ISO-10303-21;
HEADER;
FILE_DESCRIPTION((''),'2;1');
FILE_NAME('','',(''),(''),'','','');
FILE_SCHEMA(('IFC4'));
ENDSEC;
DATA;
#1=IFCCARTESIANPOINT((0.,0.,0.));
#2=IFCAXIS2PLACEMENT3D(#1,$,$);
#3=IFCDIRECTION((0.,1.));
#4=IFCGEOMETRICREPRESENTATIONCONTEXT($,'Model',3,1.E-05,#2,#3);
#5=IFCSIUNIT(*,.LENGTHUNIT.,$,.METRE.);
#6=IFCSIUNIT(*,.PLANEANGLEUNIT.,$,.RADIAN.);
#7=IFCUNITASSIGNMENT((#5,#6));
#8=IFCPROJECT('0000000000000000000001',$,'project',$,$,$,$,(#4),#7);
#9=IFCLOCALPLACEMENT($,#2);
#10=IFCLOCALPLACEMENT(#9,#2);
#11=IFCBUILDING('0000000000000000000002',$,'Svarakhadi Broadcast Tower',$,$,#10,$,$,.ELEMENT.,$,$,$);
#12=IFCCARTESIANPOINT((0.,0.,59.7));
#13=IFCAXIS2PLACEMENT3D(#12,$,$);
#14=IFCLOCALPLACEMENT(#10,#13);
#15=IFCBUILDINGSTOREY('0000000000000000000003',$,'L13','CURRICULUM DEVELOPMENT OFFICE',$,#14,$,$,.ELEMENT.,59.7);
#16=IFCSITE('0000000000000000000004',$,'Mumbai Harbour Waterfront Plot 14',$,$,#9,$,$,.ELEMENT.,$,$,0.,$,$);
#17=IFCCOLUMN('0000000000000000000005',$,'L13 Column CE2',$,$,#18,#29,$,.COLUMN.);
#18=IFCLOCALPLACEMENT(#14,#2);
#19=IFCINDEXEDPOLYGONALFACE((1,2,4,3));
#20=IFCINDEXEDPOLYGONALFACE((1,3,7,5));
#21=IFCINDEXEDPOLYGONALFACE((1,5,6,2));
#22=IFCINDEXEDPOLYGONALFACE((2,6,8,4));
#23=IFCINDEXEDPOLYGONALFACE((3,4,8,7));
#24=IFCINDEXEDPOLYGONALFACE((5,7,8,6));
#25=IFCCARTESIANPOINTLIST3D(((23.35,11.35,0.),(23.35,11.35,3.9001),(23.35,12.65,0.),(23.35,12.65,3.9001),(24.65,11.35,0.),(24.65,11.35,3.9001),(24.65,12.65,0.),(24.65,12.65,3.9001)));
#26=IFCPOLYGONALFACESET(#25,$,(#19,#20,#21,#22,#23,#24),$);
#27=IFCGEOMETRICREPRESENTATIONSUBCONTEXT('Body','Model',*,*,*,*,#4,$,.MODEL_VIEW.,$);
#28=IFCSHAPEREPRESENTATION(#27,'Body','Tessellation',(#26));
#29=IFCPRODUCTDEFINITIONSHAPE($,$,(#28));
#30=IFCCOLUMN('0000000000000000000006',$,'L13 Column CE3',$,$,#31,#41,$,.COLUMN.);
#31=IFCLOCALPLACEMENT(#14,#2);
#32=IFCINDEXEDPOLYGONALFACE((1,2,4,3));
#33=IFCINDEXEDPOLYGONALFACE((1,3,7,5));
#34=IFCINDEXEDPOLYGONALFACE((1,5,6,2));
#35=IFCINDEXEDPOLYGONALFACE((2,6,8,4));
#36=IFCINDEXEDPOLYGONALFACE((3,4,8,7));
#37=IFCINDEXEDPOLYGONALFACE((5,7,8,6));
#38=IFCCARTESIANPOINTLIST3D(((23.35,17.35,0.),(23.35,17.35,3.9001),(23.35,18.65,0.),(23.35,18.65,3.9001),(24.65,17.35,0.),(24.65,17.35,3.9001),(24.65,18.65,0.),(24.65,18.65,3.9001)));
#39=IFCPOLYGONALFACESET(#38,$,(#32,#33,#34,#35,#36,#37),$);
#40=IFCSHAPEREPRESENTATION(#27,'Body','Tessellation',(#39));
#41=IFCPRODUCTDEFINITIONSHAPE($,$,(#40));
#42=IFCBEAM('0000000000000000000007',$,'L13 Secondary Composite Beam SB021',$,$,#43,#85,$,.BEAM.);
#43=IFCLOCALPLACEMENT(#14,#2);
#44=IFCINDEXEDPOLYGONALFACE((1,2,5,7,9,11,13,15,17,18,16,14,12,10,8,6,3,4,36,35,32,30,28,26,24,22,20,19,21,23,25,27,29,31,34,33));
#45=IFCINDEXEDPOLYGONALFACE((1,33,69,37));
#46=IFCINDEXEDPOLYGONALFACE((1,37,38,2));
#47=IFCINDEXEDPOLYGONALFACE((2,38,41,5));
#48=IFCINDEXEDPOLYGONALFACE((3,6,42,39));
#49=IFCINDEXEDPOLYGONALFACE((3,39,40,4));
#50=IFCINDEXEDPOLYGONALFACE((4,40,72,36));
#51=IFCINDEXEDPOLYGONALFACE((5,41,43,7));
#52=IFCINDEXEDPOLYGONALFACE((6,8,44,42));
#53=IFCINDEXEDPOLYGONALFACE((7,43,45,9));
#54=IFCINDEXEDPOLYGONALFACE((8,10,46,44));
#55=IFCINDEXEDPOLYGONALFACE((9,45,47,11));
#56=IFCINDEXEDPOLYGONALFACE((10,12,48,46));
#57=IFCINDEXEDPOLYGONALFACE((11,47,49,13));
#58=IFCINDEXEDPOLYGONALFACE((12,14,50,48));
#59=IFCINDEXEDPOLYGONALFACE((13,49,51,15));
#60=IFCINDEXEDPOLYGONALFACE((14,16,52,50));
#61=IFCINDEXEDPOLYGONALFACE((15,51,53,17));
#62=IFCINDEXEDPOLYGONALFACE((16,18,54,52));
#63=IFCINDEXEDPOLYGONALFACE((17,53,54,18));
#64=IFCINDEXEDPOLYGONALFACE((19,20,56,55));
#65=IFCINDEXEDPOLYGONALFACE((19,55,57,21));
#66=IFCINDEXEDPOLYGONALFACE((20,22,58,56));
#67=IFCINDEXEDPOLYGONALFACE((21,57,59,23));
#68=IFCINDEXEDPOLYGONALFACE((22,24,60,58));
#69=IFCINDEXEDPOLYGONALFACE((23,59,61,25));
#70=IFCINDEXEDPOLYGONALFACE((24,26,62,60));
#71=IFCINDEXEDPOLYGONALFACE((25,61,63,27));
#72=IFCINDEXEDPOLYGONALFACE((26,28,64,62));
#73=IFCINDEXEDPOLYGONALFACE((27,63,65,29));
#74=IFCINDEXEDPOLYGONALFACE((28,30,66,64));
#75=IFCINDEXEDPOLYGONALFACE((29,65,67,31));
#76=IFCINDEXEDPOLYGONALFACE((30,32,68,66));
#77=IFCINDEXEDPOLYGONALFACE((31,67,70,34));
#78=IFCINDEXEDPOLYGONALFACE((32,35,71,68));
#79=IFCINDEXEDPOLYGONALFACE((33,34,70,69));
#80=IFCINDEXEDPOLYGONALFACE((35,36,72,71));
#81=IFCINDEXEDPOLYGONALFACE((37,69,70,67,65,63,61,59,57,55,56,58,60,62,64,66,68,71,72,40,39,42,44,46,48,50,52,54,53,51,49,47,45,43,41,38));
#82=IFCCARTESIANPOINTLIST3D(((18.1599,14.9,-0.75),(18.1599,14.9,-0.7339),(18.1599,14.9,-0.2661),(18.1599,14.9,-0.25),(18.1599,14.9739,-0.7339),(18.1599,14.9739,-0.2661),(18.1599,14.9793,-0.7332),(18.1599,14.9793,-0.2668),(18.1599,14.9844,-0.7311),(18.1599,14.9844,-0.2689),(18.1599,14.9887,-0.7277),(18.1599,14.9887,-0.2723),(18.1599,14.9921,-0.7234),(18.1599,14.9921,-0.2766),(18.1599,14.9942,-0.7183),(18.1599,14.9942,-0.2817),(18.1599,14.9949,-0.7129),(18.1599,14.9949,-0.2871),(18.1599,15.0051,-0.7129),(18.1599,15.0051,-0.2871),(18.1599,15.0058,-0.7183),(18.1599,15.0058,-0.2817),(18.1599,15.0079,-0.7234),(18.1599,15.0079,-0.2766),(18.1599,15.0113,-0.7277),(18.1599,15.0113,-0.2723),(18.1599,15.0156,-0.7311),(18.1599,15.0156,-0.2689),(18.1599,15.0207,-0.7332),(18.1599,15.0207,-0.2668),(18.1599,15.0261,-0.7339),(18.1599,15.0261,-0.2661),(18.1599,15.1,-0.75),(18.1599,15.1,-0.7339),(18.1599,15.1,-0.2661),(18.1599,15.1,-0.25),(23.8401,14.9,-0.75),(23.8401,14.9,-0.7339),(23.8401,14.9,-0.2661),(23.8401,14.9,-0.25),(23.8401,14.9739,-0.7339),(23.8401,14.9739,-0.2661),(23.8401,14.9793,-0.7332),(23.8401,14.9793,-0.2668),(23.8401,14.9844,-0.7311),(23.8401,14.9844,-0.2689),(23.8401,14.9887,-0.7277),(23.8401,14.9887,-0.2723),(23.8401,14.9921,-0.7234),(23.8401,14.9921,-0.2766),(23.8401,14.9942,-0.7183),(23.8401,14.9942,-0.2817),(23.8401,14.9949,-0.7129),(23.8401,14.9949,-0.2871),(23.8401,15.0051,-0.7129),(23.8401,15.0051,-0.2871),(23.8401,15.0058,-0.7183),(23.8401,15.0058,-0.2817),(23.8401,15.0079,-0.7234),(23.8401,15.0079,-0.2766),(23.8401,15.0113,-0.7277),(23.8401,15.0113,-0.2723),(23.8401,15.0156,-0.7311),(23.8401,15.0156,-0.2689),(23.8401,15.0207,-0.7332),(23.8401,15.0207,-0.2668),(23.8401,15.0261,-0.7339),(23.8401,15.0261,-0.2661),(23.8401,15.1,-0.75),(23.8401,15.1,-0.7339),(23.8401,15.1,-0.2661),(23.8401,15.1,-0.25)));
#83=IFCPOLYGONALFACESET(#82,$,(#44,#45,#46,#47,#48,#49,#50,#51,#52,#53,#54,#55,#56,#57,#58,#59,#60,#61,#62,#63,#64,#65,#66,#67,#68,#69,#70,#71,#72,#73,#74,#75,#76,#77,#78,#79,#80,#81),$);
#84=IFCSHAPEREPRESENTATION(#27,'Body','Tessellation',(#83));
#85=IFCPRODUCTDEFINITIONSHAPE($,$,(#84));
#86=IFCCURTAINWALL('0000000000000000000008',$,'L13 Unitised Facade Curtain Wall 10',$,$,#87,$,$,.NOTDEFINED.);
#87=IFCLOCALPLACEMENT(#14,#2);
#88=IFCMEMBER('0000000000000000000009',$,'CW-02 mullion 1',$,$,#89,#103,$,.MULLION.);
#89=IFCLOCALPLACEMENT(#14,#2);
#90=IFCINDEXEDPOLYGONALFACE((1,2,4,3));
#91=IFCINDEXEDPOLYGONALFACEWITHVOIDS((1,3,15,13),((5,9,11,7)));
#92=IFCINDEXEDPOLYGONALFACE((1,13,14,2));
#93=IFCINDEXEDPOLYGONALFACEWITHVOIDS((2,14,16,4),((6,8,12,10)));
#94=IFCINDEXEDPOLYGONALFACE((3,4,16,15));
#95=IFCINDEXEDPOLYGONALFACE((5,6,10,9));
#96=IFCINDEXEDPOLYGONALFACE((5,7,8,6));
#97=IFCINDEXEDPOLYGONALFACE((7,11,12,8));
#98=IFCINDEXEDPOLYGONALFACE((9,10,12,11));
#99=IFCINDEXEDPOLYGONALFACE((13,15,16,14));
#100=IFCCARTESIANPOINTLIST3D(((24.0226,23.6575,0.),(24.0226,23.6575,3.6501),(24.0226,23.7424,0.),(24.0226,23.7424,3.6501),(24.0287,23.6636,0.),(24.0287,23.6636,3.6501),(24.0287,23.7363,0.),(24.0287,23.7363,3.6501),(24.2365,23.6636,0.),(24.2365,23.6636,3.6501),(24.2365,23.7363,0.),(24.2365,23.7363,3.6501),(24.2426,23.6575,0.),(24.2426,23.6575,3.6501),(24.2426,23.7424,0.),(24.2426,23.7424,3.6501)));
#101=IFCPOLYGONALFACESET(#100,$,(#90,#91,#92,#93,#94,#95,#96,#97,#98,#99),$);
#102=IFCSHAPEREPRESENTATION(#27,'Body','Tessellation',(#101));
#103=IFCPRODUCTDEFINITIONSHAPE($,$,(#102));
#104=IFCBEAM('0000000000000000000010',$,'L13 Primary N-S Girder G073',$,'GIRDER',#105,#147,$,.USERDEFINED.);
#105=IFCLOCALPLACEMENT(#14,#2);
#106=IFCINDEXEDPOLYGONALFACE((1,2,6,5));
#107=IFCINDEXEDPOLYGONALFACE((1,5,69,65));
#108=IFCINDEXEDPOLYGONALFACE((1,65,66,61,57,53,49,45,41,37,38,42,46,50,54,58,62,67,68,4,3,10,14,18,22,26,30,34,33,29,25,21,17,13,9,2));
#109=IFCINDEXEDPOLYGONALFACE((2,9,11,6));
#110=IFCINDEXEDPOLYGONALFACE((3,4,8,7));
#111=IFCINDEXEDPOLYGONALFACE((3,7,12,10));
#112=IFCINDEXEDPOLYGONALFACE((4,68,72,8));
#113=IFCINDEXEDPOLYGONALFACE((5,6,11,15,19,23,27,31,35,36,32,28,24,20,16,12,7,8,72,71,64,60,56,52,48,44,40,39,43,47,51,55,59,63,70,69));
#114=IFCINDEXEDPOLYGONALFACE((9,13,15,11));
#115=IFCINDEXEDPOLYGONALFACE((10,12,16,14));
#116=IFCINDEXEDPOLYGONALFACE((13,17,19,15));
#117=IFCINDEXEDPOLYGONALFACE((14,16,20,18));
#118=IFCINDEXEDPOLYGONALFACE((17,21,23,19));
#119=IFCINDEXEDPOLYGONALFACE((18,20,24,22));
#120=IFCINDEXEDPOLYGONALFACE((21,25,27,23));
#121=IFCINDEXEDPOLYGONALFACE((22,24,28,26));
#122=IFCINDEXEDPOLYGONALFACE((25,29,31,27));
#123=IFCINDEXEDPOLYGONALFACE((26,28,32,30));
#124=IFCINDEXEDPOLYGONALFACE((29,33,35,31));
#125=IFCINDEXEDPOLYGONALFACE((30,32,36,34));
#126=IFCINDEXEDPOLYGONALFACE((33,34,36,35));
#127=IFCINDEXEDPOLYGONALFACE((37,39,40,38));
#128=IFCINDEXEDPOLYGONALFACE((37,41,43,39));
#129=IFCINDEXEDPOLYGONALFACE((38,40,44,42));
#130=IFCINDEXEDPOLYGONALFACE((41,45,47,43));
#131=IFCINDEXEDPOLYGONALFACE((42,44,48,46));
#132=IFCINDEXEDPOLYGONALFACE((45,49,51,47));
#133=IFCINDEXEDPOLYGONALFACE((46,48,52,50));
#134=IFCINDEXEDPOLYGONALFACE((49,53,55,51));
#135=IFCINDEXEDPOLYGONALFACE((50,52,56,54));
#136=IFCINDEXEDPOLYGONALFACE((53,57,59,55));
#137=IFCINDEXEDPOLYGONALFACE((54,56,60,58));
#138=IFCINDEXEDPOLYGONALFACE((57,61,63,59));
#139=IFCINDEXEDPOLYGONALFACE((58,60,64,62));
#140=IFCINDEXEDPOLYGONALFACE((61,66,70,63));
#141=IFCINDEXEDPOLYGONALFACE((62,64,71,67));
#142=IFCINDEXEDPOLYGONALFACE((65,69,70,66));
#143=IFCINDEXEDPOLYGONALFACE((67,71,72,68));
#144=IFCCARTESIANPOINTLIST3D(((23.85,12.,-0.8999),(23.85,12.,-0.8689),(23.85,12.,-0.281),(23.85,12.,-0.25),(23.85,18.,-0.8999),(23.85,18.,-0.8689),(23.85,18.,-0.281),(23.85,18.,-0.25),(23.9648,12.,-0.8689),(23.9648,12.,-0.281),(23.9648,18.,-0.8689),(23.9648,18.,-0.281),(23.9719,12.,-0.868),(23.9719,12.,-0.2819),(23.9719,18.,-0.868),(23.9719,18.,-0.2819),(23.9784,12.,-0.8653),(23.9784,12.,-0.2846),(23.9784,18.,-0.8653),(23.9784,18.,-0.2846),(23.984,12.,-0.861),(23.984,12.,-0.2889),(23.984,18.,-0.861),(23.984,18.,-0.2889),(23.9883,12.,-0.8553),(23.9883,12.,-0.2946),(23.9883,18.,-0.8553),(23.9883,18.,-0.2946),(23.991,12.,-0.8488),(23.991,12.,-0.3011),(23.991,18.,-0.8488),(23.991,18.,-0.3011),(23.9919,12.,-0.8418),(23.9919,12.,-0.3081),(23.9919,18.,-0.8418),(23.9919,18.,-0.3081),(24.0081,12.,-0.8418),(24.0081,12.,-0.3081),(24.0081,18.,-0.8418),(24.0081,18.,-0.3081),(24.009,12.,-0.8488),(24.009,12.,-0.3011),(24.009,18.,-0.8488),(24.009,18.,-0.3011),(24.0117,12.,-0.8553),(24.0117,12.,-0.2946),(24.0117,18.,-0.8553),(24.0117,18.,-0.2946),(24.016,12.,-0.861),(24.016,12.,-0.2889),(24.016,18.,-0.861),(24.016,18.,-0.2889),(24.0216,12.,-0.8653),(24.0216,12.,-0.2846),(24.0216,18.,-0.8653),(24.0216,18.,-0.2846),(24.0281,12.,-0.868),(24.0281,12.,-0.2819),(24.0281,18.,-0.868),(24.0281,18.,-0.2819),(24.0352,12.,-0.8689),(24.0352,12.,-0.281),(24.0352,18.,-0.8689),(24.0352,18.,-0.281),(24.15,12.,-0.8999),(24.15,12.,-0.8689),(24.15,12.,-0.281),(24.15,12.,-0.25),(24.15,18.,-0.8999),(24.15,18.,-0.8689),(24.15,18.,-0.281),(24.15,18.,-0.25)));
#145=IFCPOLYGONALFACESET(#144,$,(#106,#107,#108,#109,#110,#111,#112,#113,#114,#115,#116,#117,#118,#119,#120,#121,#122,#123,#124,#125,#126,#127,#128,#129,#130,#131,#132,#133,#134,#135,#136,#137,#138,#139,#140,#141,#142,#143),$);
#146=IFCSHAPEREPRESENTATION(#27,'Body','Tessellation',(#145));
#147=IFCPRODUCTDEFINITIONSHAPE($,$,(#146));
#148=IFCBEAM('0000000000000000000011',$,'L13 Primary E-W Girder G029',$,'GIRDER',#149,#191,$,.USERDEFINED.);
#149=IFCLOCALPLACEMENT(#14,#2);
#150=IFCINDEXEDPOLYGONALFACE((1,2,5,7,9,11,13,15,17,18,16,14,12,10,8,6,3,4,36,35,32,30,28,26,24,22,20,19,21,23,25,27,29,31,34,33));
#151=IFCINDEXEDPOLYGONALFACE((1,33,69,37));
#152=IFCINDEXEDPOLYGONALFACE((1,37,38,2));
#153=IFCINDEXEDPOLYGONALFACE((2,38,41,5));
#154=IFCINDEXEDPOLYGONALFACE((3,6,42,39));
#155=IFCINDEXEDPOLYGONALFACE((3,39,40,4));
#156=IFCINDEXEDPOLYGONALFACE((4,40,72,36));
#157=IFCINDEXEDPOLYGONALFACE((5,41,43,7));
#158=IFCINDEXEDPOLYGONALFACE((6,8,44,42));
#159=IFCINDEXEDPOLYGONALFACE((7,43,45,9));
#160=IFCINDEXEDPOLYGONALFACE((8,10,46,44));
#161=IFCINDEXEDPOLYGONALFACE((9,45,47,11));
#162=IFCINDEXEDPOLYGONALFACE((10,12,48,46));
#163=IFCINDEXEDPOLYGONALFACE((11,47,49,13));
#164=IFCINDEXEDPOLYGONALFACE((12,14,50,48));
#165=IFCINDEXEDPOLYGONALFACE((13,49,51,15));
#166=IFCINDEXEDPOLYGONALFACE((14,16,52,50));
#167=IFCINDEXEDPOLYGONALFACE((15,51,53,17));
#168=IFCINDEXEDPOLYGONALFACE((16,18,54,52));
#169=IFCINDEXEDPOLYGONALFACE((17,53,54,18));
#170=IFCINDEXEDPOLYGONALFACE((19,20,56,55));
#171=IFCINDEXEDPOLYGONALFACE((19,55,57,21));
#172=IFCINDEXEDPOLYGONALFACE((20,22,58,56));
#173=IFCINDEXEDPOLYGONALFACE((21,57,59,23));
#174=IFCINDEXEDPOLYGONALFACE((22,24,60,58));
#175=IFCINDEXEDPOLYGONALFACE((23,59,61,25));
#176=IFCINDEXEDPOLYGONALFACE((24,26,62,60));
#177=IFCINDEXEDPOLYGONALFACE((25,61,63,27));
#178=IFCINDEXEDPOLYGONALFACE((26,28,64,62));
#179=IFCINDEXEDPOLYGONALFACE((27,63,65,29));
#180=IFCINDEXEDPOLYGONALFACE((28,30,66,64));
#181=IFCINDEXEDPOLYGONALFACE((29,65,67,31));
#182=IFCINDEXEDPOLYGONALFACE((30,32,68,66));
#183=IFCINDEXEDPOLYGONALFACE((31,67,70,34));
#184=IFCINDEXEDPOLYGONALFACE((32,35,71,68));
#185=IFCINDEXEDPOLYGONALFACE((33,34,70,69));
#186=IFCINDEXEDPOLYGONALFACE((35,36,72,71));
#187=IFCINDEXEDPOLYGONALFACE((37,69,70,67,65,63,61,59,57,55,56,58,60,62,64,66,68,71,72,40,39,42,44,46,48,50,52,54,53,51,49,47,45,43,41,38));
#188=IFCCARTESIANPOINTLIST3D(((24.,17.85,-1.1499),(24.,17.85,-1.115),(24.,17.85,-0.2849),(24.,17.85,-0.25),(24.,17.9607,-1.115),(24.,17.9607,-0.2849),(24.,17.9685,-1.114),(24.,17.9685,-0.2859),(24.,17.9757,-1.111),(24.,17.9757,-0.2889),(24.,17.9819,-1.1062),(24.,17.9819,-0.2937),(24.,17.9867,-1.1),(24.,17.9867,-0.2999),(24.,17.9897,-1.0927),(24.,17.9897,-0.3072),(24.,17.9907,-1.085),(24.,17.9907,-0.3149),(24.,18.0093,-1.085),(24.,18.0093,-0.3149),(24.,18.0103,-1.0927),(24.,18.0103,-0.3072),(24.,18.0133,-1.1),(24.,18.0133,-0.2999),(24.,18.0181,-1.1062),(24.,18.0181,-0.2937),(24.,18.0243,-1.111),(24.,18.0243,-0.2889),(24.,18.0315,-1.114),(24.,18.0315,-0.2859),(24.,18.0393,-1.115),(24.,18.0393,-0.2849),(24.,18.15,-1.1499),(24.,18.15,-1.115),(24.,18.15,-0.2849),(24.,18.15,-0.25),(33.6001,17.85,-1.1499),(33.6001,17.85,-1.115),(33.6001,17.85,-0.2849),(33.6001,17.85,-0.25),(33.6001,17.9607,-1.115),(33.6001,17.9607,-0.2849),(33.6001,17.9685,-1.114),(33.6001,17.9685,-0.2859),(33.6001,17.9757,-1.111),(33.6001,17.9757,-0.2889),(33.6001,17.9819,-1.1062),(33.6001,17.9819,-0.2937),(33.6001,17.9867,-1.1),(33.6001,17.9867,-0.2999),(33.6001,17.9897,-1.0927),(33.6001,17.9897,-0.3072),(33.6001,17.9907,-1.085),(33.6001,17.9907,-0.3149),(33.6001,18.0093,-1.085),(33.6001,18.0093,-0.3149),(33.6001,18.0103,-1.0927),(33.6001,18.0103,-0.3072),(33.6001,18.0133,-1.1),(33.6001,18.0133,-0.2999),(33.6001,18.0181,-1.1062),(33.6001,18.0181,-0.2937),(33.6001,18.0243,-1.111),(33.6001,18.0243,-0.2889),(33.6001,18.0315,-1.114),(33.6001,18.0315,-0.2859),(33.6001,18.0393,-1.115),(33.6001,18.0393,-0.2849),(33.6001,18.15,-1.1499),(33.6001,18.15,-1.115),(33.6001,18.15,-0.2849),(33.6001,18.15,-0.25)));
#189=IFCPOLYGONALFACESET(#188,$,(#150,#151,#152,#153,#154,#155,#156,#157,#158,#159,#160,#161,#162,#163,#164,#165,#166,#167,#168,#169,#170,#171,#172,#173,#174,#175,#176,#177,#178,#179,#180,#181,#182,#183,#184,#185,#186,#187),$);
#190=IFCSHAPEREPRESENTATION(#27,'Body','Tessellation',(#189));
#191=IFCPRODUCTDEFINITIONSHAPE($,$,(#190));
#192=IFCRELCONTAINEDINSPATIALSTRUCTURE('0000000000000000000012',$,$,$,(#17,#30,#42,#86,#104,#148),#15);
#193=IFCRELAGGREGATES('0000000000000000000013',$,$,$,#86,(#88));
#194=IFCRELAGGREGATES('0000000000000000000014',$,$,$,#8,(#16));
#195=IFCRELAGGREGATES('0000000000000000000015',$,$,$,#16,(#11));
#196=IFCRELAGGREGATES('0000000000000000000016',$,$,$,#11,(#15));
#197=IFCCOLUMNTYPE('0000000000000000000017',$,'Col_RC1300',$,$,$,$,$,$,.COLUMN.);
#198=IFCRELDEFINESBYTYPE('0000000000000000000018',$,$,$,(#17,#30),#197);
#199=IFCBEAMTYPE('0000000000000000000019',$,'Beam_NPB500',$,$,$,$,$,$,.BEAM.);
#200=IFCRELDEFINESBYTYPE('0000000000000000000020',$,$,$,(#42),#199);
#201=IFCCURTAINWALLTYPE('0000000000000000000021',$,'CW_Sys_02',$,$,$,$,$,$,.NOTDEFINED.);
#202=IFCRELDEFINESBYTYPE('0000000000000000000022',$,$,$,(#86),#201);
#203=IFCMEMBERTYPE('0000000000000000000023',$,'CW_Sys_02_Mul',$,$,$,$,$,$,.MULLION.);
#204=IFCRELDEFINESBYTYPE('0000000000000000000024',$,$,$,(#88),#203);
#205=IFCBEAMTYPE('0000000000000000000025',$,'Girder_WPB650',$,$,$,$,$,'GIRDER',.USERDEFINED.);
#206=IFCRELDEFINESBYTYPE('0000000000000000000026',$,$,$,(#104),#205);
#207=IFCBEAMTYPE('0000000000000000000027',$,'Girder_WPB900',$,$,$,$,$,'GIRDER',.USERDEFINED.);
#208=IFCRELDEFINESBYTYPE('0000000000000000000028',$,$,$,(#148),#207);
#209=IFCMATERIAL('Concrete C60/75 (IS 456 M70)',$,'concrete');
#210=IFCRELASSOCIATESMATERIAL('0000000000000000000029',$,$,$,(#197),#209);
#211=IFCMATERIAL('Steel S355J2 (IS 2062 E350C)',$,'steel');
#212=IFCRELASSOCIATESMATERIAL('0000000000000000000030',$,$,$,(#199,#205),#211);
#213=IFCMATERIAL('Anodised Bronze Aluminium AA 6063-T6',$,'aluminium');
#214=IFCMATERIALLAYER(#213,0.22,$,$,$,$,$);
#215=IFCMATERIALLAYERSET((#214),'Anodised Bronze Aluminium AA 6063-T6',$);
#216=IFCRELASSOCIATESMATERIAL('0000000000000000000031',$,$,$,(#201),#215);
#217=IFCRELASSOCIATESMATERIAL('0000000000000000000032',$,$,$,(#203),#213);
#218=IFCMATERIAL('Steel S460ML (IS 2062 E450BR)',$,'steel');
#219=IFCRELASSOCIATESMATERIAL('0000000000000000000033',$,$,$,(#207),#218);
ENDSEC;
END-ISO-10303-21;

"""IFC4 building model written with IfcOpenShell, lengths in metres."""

from ifc_helpers import new_model, si_unit, direction, frame, origin, origin_2d, place, context, subcontext, project, spatial, rectangle, hollow_rectangle, i_section, extrude, material, layer, layer_set, material_profile, profile_set, type_object, element, aggregate, save


model = new_model("IFC4")

# Units and contexts
model_context = context("Model", 3, precision=1e-05, world=origin(), true_north=direction((0.0, 1.0)))
body_context = subcontext(model_context, "Body", "Model", "MODEL_VIEW")
ifc_project = project(units=[si_unit("LENGTHUNIT", "METRE"), si_unit("PLANEANGLEUNIT", "RADIAN")], contexts=[model_context])

# Site, building, storey
site_placement = place(None, origin())
site = spatial("IfcSite", under=ifc_project, at=site_placement, Name="Mumbai Harbour Waterfront Plot 14", CompositionType="ELEMENT", RefElevation=0.0)
building_placement = place(site_placement, origin())
building = spatial("IfcBuilding", under=site, at=building_placement, Name="Svarakhadi Broadcast Tower", CompositionType="ELEMENT")
storey_placement = place(building_placement, frame((0.0, 0.0, 59.7)))
storey = spatial("IfcBuildingStorey", under=building, at=storey_placement, Name="L13", Description="CURRICULUM DEVELOPMENT OFFICE", CompositionType="ELEMENT", Elevation=59.7)

# Columns
ifc_material_1 = material(Name="Concrete C60/75 (IS 456 M70)", Category="concrete")
ifc_material_profile_1 = material_profile(ifc_material_1, rectangle(XDim=1.3, YDim=1.3, at=origin_2d()), Name="RC 1300x1300")
ifc_profile_set_1 = profile_set([ifc_material_profile_1], Name="Concrete C60/75 (IS 456 M70)")
column_type = type_object("IfcColumnType", Name="Col_RC1300", PredefinedType="COLUMN", material=ifc_profile_set_1)
for number, where, z_axis, x_axis, name in (
    (1, (24.0, 12.0, 0.0), (0.0, 0.0, 1.0), (1.0, 0.0, 0.0), "L13 Column CE2"),
    (2, (24.0, 18.0, 0.0), (0.0, 0.0, 1.0), (1.0, 0.0, 0.0), "L13 Column CE3"),
):
    element("IfcColumn", number, at=place(storey_placement, frame(where, z_axis=z_axis, x_axis=x_axis)), inside=storey, type_object=column_type, Name=name, PredefinedType="COLUMN", context=body_context, shape_type="SweptSolid", body=[
        extrude(rectangle(XDim=1.3, YDim=1.3, at=origin_2d()), origin(), (0.0, 0.0, 1.0), 3.9001),
    ])

# Beam
ifc_material_2 = material(Name="Steel S355J2 (IS 2062 E350C)", Category="steel")
ifc_material_profile_2 = material_profile(ifc_material_2, i_section(OverallWidth=0.2, OverallDepth=0.5, WebThickness=0.0103, FlangeThickness=0.0161, FilletRadius=0.021, at=origin_2d()), Name="NPB 500x200x91")
ifc_profile_set_2 = profile_set([ifc_material_profile_2], Name="Steel S355J2 (IS 2062 E350C)")
beam_type_1 = type_object("IfcBeamType", Name="Beam_NPB500", PredefinedType="BEAM", material=ifc_profile_set_2)
beam_1_placement = place(storey_placement, frame((18.1599, 15.0, -0.5), z_axis=(1.0, 0.0, 0.0), x_axis=(0.0, 1.0, 0.0)))
element("IfcBeam", 3, at=beam_1_placement, inside=storey, type_object=beam_type_1, Name="L13 Secondary Composite Beam SB021", PredefinedType="BEAM", context=body_context, shape_type="SweptSolid", body=[
    extrude(i_section(OverallWidth=0.2, OverallDepth=0.5, WebThickness=0.0103, FlangeThickness=0.0161, FilletRadius=0.021, at=origin_2d()), origin(), (0.0, 0.0, 1.0), 5.6802),
])

# Curtain wall, member
ifc_material_3 = material(Name="Anodised Bronze Aluminium AA 6063-T6", Category="aluminium")
ifc_layer_1 = layer(ifc_material_3, 0.22)
ifc_layer_set_1 = layer_set([ifc_layer_1], Name="Anodised Bronze Aluminium AA 6063-T6")
curtain_wall_type = type_object("IfcCurtainWallType", Name="CW_Sys_02", PredefinedType="NOTDEFINED", material=ifc_layer_set_1)
curtain_wall_placement = place(storey_placement, origin())
curtain_wall = element("IfcCurtainWall", 4, at=curtain_wall_placement, inside=storey, type_object=curtain_wall_type, Name="L13 Unitised Facade Curtain Wall 10", PredefinedType="NOTDEFINED")
ifc_material_profile_3 = material_profile(ifc_material_3, hollow_rectangle(XDim=0.085, YDim=0.22, WallThickness=0.0061, at=origin_2d()), Name="ALU MULLION 220x85x6")
ifc_profile_set_3 = profile_set([ifc_material_profile_3], Name="Anodised Bronze Aluminium AA 6063-T6")
member_type = type_object("IfcMemberType", Name="CW_Sys_02_Mul", PredefinedType="MULLION", material=ifc_profile_set_3)
member_placement = place(storey_placement, frame((24.1326, 23.7, 0.0), z_axis=(0.0, 0.0, 1.0), x_axis=(0.0, 1.0, 0.0)))
member = element("IfcMember", 5, at=member_placement, type_object=member_type, Name="CW-02 mullion 1", PredefinedType="MULLION", context=body_context, shape_type="SweptSolid", body=[
    extrude(hollow_rectangle(XDim=0.085, YDim=0.22, WallThickness=0.0061, at=origin_2d()), origin(), (0.0, 0.0, 1.0), 3.6501),
])
aggregate(curtain_wall, [member])

# Beams
ifc_material_profile_4 = material_profile(ifc_material_2, i_section(OverallWidth=0.3, OverallDepth=0.6499, WebThickness=0.0161, FlangeThickness=0.031, FilletRadius=0.0271, at=origin_2d()), Name="WPB 650x300x225")
ifc_profile_set_4 = profile_set([ifc_material_profile_4], Name="Steel S355J2 (IS 2062 E350C)")
beam_type_2 = type_object("IfcBeamType", Name="Girder_WPB650", ElementType="GIRDER", PredefinedType="USERDEFINED", material=ifc_profile_set_4)
beam_2_placement = place(storey_placement, frame((24.0, 12.0, -0.575), z_axis=(0.0, 1.0, 0.0), x_axis=(-1.0, 0.0, 0.0)))
element("IfcBeam", 6, at=beam_2_placement, inside=storey, type_object=beam_type_2, Name="L13 Primary N-S Girder G073", ObjectType="GIRDER", PredefinedType="USERDEFINED", context=body_context, shape_type="SweptSolid", body=[
    extrude(i_section(OverallWidth=0.3, OverallDepth=0.6499, WebThickness=0.0161, FlangeThickness=0.031, FilletRadius=0.0271, at=origin_2d()), origin(), (0.0, 0.0, 1.0), 6.0),
])
ifc_material_4 = material(Name="Steel S460ML (IS 2062 E450BR)", Category="steel")
ifc_material_profile_5 = material_profile(ifc_material_4, i_section(OverallWidth=0.3, OverallDepth=0.8999, WebThickness=0.0186, FlangeThickness=0.0349, FilletRadius=0.03, at=origin_2d()), Name="WPB 900x300x291")
ifc_profile_set_5 = profile_set([ifc_material_profile_5], Name="Steel S460ML (IS 2062 E450BR)")
beam_type_3 = type_object("IfcBeamType", Name="Girder_WPB900", ElementType="GIRDER", PredefinedType="USERDEFINED", material=ifc_profile_set_5)
for number, where, z_axis, x_axis, name in (
    (7, (24.0, 18.0, -0.7), (1.0, 0.0, 0.0), (0.0, 1.0, 0.0), "L13 Primary E-W Girder G029"),
):
    element("IfcBeam", number, at=place(storey_placement, frame(where, z_axis=z_axis, x_axis=x_axis)), inside=storey, type_object=beam_type_3, Name=name, ObjectType="GIRDER", PredefinedType="USERDEFINED", context=body_context, shape_type="SweptSolid", body=[
        extrude(i_section(OverallWidth=0.3, OverallDepth=0.8999, WebThickness=0.0186, FlangeThickness=0.0349, FilletRadius=0.03, at=origin_2d()), origin(), (0.0, 0.0, 1.0), 9.6001),
    ])

save(model, "model.ifc")
